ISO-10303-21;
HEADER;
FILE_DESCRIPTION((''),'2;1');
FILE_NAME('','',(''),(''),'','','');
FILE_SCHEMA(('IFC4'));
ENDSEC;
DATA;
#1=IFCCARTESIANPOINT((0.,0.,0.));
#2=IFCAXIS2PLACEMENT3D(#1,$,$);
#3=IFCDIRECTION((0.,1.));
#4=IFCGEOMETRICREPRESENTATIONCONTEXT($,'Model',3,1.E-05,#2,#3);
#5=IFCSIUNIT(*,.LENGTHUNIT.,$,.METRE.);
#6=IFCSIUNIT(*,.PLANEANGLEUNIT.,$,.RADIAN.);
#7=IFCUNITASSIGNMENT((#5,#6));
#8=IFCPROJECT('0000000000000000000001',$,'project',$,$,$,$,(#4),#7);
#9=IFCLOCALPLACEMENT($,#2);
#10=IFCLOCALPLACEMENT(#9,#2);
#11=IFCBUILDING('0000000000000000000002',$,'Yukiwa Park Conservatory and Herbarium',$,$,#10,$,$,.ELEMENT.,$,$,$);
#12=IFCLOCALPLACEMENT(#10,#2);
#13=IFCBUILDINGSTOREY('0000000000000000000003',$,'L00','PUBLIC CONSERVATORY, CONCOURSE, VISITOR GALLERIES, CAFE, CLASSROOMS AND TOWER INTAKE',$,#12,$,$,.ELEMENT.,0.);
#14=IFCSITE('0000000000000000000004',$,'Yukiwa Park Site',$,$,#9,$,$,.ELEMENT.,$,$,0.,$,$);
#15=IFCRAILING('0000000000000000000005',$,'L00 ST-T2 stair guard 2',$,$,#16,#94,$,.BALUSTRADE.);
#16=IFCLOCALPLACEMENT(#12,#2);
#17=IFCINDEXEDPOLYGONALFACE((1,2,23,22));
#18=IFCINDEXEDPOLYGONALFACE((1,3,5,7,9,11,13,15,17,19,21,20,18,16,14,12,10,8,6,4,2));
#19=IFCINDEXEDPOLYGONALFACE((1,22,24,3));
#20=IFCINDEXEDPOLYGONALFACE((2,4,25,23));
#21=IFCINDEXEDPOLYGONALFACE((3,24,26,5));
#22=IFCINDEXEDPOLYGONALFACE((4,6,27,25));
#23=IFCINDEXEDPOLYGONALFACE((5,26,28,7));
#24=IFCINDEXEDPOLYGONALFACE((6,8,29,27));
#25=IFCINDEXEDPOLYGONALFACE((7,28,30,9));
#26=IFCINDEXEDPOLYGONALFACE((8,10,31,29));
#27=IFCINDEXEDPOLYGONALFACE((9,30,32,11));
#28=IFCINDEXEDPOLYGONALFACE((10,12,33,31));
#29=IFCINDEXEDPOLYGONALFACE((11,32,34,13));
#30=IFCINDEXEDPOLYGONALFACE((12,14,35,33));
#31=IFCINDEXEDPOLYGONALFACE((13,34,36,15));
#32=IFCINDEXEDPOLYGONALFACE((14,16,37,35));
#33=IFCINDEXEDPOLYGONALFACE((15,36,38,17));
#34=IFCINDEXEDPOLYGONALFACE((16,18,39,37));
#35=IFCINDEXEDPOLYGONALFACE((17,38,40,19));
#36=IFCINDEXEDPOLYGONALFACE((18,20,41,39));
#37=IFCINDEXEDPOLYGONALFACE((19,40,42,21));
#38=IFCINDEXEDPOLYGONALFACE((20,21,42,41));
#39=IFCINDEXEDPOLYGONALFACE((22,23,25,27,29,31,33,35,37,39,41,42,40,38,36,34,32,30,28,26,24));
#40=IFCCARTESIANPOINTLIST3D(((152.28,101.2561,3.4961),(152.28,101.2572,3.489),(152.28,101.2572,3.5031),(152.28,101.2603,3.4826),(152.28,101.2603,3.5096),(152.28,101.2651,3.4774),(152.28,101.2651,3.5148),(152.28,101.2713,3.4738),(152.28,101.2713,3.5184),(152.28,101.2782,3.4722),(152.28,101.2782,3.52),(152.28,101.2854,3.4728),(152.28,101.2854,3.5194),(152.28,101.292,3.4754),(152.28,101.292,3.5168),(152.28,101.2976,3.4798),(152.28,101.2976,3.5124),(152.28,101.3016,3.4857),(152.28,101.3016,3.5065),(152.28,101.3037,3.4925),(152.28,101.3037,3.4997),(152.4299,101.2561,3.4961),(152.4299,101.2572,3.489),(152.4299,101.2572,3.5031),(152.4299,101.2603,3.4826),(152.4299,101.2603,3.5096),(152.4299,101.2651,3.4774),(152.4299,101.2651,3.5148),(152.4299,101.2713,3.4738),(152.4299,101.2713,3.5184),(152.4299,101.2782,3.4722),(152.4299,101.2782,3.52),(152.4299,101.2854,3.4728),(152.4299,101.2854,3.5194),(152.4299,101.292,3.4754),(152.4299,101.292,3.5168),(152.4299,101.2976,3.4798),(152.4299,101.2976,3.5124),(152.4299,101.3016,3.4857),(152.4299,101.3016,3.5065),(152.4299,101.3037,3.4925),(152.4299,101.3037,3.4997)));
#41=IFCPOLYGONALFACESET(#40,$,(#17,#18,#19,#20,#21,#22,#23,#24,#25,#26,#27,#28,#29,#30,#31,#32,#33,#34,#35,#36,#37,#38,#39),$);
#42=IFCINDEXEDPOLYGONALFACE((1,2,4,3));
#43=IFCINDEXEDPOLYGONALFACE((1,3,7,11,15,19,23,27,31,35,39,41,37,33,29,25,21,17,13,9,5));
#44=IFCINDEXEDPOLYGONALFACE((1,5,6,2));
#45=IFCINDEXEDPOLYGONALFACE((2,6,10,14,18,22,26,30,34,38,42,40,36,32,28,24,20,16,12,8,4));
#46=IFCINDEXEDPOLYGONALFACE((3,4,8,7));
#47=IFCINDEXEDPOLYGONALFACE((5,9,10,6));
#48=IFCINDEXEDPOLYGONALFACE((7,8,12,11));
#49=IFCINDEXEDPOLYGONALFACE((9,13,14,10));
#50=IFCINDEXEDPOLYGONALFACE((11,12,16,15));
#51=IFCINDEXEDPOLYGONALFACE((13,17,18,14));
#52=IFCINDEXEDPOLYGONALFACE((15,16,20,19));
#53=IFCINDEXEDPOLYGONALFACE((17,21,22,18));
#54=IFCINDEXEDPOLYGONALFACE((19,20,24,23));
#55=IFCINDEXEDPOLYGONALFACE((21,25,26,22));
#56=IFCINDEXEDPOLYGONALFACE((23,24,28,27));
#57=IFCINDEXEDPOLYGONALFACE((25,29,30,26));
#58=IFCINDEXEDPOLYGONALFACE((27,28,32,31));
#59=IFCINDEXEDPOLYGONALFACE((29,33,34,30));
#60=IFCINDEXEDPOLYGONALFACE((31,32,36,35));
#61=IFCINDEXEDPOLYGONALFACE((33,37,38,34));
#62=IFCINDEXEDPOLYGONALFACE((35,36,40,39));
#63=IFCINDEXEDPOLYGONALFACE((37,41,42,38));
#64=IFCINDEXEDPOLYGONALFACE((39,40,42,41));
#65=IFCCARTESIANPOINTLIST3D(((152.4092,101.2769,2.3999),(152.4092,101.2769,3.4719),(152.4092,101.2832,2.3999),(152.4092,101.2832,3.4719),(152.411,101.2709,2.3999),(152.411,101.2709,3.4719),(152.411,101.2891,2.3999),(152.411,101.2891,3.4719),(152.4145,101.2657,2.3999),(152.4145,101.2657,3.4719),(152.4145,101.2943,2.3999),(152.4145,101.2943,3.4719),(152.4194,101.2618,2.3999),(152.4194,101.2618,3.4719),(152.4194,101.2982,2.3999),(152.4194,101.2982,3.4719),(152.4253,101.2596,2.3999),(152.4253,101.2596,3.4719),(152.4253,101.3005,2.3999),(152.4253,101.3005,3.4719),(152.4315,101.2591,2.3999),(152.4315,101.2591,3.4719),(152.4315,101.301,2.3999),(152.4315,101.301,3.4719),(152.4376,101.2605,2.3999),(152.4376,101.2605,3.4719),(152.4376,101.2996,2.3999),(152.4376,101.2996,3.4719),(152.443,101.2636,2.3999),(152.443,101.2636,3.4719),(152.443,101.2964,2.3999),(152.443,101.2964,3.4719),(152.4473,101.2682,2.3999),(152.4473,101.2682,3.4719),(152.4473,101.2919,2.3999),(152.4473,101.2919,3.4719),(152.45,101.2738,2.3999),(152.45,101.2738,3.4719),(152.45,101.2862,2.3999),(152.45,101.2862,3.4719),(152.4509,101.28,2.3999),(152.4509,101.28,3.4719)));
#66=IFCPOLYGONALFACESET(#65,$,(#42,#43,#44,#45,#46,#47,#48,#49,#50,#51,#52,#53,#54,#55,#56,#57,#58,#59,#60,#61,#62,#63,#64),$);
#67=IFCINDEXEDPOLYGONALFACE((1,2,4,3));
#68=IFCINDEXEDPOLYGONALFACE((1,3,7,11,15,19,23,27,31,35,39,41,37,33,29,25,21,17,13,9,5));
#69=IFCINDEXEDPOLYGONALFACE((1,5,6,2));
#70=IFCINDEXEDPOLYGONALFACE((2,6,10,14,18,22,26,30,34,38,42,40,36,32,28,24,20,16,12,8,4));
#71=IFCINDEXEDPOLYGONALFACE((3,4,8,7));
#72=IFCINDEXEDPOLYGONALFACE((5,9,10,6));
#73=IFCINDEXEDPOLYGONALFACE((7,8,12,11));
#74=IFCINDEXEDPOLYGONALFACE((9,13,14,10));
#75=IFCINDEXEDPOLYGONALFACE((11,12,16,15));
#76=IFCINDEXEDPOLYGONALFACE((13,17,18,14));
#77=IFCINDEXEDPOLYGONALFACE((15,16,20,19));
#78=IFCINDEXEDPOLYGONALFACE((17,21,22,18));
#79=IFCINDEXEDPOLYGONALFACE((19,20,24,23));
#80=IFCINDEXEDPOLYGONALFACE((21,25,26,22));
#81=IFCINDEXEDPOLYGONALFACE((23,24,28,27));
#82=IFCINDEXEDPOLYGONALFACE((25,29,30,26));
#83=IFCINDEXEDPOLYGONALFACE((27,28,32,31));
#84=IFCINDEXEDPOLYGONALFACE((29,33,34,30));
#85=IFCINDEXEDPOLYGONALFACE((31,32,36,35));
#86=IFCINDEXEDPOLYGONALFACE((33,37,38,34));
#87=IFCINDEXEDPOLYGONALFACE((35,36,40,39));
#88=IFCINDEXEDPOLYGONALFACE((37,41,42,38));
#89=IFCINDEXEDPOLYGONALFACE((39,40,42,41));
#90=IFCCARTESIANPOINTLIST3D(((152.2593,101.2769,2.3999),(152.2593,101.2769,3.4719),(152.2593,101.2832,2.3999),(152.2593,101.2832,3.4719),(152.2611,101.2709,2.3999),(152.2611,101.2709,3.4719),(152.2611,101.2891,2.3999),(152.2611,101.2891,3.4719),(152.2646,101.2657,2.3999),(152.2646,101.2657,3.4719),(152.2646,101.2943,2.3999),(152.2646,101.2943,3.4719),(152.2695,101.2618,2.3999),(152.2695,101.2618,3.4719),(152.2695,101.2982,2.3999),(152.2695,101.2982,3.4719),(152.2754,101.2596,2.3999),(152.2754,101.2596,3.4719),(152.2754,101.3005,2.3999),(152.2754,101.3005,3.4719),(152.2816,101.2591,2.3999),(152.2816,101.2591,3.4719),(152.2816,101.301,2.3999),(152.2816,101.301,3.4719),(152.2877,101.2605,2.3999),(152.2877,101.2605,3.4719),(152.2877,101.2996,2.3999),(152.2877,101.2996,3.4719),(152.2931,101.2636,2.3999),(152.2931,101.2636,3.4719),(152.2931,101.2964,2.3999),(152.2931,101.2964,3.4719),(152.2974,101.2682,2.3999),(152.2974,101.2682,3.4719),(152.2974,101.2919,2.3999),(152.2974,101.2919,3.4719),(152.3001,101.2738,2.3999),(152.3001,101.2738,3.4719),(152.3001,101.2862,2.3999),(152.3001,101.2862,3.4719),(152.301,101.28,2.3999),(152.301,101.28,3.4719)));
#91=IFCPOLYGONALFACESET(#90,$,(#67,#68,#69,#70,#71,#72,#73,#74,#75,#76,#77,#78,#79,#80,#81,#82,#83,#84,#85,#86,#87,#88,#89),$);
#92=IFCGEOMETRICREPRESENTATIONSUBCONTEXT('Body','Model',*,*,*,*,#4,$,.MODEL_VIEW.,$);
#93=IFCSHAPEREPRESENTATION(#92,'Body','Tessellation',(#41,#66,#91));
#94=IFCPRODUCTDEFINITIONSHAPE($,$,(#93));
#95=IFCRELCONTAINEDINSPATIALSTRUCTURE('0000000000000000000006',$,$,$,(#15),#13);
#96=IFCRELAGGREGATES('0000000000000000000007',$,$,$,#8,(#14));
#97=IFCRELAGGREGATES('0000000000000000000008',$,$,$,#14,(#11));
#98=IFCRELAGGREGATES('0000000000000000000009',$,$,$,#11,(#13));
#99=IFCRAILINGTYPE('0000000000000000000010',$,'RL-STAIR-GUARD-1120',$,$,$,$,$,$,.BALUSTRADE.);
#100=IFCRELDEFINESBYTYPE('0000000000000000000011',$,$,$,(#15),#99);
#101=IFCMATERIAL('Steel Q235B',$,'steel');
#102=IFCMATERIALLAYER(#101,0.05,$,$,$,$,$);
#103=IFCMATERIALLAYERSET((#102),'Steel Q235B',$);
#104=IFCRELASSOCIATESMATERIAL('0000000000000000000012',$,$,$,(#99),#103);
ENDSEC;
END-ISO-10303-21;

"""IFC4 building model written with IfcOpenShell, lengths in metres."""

from ifc_helpers import new_model, si_unit, direction, frame, origin, origin_2d, place, context, subcontext, project, spatial, circle, extrude, material, layer, layer_set, type_object, element, save


model = new_model("IFC4")

# Units and contexts
model_context = context("Model", 3, precision=1e-05, world=origin(), true_north=direction((0.0, 1.0)))
body_context = subcontext(model_context, "Body", "Model", "MODEL_VIEW")
ifc_project = project(units=[si_unit("LENGTHUNIT", "METRE"), si_unit("PLANEANGLEUNIT", "RADIAN")], contexts=[model_context])

# Site, building, storey
site_placement = place(None, origin())
site = spatial("IfcSite", under=ifc_project, at=site_placement, Name="Yukiwa Park Site", CompositionType="ELEMENT", RefElevation=0.0)
building_placement = place(site_placement, origin())
building = spatial("IfcBuilding", under=site, at=building_placement, Name="Yukiwa Park Conservatory and Herbarium", CompositionType="ELEMENT")
storey_placement = place(building_placement, origin())
storey = spatial("IfcBuildingStorey", under=building, at=storey_placement, Name="L00", Description="PUBLIC CONSERVATORY, CONCOURSE, VISITOR GALLERIES, CAFE, CLASSROOMS AND TOWER INTAKE", CompositionType="ELEMENT", Elevation=0.0)

# Railing
ifc_material_1 = material(Name="Steel Q235B", Category="steel")
ifc_layer_1 = layer(ifc_material_1, 0.05)
ifc_layer_set_1 = layer_set([ifc_layer_1], Name="Steel Q235B")
railing_type_1 = type_object("IfcRailingType", Name="RL-STAIR-GUARD-1120", PredefinedType="BALUSTRADE", material=ifc_layer_set_1)
railing_1_placement = place(storey_placement, frame((152.4299, 101.28, 2.3999)))
element("IfcRailing", 1, at=railing_1_placement, inside=storey, type_object=railing_type_1, Name="L00 ST-T2 stair guard 2", PredefinedType="BALUSTRADE", context=body_context, shape_type="SweptSolid", body=[
    extrude(circle(Radius=0.0239, at=origin_2d()), frame((0.0, 0.0, 1.0962), z_axis=(-1.0, 0.0, 0.0), x_axis=(0.0, -1.0, 0.0)), (0.0, 0.0, 1.0), 0.1499),
    extrude(circle(Radius=0.021, at=origin_2d()), origin(), (0.0, 0.0, 1.0), 1.072),
    extrude(circle(Radius=0.021, at=origin_2d()), frame((-0.1499, 0.0, 0.0)), (0.0, 0.0, 1.0), 1.072),
])

save(model, "model.ifc")
